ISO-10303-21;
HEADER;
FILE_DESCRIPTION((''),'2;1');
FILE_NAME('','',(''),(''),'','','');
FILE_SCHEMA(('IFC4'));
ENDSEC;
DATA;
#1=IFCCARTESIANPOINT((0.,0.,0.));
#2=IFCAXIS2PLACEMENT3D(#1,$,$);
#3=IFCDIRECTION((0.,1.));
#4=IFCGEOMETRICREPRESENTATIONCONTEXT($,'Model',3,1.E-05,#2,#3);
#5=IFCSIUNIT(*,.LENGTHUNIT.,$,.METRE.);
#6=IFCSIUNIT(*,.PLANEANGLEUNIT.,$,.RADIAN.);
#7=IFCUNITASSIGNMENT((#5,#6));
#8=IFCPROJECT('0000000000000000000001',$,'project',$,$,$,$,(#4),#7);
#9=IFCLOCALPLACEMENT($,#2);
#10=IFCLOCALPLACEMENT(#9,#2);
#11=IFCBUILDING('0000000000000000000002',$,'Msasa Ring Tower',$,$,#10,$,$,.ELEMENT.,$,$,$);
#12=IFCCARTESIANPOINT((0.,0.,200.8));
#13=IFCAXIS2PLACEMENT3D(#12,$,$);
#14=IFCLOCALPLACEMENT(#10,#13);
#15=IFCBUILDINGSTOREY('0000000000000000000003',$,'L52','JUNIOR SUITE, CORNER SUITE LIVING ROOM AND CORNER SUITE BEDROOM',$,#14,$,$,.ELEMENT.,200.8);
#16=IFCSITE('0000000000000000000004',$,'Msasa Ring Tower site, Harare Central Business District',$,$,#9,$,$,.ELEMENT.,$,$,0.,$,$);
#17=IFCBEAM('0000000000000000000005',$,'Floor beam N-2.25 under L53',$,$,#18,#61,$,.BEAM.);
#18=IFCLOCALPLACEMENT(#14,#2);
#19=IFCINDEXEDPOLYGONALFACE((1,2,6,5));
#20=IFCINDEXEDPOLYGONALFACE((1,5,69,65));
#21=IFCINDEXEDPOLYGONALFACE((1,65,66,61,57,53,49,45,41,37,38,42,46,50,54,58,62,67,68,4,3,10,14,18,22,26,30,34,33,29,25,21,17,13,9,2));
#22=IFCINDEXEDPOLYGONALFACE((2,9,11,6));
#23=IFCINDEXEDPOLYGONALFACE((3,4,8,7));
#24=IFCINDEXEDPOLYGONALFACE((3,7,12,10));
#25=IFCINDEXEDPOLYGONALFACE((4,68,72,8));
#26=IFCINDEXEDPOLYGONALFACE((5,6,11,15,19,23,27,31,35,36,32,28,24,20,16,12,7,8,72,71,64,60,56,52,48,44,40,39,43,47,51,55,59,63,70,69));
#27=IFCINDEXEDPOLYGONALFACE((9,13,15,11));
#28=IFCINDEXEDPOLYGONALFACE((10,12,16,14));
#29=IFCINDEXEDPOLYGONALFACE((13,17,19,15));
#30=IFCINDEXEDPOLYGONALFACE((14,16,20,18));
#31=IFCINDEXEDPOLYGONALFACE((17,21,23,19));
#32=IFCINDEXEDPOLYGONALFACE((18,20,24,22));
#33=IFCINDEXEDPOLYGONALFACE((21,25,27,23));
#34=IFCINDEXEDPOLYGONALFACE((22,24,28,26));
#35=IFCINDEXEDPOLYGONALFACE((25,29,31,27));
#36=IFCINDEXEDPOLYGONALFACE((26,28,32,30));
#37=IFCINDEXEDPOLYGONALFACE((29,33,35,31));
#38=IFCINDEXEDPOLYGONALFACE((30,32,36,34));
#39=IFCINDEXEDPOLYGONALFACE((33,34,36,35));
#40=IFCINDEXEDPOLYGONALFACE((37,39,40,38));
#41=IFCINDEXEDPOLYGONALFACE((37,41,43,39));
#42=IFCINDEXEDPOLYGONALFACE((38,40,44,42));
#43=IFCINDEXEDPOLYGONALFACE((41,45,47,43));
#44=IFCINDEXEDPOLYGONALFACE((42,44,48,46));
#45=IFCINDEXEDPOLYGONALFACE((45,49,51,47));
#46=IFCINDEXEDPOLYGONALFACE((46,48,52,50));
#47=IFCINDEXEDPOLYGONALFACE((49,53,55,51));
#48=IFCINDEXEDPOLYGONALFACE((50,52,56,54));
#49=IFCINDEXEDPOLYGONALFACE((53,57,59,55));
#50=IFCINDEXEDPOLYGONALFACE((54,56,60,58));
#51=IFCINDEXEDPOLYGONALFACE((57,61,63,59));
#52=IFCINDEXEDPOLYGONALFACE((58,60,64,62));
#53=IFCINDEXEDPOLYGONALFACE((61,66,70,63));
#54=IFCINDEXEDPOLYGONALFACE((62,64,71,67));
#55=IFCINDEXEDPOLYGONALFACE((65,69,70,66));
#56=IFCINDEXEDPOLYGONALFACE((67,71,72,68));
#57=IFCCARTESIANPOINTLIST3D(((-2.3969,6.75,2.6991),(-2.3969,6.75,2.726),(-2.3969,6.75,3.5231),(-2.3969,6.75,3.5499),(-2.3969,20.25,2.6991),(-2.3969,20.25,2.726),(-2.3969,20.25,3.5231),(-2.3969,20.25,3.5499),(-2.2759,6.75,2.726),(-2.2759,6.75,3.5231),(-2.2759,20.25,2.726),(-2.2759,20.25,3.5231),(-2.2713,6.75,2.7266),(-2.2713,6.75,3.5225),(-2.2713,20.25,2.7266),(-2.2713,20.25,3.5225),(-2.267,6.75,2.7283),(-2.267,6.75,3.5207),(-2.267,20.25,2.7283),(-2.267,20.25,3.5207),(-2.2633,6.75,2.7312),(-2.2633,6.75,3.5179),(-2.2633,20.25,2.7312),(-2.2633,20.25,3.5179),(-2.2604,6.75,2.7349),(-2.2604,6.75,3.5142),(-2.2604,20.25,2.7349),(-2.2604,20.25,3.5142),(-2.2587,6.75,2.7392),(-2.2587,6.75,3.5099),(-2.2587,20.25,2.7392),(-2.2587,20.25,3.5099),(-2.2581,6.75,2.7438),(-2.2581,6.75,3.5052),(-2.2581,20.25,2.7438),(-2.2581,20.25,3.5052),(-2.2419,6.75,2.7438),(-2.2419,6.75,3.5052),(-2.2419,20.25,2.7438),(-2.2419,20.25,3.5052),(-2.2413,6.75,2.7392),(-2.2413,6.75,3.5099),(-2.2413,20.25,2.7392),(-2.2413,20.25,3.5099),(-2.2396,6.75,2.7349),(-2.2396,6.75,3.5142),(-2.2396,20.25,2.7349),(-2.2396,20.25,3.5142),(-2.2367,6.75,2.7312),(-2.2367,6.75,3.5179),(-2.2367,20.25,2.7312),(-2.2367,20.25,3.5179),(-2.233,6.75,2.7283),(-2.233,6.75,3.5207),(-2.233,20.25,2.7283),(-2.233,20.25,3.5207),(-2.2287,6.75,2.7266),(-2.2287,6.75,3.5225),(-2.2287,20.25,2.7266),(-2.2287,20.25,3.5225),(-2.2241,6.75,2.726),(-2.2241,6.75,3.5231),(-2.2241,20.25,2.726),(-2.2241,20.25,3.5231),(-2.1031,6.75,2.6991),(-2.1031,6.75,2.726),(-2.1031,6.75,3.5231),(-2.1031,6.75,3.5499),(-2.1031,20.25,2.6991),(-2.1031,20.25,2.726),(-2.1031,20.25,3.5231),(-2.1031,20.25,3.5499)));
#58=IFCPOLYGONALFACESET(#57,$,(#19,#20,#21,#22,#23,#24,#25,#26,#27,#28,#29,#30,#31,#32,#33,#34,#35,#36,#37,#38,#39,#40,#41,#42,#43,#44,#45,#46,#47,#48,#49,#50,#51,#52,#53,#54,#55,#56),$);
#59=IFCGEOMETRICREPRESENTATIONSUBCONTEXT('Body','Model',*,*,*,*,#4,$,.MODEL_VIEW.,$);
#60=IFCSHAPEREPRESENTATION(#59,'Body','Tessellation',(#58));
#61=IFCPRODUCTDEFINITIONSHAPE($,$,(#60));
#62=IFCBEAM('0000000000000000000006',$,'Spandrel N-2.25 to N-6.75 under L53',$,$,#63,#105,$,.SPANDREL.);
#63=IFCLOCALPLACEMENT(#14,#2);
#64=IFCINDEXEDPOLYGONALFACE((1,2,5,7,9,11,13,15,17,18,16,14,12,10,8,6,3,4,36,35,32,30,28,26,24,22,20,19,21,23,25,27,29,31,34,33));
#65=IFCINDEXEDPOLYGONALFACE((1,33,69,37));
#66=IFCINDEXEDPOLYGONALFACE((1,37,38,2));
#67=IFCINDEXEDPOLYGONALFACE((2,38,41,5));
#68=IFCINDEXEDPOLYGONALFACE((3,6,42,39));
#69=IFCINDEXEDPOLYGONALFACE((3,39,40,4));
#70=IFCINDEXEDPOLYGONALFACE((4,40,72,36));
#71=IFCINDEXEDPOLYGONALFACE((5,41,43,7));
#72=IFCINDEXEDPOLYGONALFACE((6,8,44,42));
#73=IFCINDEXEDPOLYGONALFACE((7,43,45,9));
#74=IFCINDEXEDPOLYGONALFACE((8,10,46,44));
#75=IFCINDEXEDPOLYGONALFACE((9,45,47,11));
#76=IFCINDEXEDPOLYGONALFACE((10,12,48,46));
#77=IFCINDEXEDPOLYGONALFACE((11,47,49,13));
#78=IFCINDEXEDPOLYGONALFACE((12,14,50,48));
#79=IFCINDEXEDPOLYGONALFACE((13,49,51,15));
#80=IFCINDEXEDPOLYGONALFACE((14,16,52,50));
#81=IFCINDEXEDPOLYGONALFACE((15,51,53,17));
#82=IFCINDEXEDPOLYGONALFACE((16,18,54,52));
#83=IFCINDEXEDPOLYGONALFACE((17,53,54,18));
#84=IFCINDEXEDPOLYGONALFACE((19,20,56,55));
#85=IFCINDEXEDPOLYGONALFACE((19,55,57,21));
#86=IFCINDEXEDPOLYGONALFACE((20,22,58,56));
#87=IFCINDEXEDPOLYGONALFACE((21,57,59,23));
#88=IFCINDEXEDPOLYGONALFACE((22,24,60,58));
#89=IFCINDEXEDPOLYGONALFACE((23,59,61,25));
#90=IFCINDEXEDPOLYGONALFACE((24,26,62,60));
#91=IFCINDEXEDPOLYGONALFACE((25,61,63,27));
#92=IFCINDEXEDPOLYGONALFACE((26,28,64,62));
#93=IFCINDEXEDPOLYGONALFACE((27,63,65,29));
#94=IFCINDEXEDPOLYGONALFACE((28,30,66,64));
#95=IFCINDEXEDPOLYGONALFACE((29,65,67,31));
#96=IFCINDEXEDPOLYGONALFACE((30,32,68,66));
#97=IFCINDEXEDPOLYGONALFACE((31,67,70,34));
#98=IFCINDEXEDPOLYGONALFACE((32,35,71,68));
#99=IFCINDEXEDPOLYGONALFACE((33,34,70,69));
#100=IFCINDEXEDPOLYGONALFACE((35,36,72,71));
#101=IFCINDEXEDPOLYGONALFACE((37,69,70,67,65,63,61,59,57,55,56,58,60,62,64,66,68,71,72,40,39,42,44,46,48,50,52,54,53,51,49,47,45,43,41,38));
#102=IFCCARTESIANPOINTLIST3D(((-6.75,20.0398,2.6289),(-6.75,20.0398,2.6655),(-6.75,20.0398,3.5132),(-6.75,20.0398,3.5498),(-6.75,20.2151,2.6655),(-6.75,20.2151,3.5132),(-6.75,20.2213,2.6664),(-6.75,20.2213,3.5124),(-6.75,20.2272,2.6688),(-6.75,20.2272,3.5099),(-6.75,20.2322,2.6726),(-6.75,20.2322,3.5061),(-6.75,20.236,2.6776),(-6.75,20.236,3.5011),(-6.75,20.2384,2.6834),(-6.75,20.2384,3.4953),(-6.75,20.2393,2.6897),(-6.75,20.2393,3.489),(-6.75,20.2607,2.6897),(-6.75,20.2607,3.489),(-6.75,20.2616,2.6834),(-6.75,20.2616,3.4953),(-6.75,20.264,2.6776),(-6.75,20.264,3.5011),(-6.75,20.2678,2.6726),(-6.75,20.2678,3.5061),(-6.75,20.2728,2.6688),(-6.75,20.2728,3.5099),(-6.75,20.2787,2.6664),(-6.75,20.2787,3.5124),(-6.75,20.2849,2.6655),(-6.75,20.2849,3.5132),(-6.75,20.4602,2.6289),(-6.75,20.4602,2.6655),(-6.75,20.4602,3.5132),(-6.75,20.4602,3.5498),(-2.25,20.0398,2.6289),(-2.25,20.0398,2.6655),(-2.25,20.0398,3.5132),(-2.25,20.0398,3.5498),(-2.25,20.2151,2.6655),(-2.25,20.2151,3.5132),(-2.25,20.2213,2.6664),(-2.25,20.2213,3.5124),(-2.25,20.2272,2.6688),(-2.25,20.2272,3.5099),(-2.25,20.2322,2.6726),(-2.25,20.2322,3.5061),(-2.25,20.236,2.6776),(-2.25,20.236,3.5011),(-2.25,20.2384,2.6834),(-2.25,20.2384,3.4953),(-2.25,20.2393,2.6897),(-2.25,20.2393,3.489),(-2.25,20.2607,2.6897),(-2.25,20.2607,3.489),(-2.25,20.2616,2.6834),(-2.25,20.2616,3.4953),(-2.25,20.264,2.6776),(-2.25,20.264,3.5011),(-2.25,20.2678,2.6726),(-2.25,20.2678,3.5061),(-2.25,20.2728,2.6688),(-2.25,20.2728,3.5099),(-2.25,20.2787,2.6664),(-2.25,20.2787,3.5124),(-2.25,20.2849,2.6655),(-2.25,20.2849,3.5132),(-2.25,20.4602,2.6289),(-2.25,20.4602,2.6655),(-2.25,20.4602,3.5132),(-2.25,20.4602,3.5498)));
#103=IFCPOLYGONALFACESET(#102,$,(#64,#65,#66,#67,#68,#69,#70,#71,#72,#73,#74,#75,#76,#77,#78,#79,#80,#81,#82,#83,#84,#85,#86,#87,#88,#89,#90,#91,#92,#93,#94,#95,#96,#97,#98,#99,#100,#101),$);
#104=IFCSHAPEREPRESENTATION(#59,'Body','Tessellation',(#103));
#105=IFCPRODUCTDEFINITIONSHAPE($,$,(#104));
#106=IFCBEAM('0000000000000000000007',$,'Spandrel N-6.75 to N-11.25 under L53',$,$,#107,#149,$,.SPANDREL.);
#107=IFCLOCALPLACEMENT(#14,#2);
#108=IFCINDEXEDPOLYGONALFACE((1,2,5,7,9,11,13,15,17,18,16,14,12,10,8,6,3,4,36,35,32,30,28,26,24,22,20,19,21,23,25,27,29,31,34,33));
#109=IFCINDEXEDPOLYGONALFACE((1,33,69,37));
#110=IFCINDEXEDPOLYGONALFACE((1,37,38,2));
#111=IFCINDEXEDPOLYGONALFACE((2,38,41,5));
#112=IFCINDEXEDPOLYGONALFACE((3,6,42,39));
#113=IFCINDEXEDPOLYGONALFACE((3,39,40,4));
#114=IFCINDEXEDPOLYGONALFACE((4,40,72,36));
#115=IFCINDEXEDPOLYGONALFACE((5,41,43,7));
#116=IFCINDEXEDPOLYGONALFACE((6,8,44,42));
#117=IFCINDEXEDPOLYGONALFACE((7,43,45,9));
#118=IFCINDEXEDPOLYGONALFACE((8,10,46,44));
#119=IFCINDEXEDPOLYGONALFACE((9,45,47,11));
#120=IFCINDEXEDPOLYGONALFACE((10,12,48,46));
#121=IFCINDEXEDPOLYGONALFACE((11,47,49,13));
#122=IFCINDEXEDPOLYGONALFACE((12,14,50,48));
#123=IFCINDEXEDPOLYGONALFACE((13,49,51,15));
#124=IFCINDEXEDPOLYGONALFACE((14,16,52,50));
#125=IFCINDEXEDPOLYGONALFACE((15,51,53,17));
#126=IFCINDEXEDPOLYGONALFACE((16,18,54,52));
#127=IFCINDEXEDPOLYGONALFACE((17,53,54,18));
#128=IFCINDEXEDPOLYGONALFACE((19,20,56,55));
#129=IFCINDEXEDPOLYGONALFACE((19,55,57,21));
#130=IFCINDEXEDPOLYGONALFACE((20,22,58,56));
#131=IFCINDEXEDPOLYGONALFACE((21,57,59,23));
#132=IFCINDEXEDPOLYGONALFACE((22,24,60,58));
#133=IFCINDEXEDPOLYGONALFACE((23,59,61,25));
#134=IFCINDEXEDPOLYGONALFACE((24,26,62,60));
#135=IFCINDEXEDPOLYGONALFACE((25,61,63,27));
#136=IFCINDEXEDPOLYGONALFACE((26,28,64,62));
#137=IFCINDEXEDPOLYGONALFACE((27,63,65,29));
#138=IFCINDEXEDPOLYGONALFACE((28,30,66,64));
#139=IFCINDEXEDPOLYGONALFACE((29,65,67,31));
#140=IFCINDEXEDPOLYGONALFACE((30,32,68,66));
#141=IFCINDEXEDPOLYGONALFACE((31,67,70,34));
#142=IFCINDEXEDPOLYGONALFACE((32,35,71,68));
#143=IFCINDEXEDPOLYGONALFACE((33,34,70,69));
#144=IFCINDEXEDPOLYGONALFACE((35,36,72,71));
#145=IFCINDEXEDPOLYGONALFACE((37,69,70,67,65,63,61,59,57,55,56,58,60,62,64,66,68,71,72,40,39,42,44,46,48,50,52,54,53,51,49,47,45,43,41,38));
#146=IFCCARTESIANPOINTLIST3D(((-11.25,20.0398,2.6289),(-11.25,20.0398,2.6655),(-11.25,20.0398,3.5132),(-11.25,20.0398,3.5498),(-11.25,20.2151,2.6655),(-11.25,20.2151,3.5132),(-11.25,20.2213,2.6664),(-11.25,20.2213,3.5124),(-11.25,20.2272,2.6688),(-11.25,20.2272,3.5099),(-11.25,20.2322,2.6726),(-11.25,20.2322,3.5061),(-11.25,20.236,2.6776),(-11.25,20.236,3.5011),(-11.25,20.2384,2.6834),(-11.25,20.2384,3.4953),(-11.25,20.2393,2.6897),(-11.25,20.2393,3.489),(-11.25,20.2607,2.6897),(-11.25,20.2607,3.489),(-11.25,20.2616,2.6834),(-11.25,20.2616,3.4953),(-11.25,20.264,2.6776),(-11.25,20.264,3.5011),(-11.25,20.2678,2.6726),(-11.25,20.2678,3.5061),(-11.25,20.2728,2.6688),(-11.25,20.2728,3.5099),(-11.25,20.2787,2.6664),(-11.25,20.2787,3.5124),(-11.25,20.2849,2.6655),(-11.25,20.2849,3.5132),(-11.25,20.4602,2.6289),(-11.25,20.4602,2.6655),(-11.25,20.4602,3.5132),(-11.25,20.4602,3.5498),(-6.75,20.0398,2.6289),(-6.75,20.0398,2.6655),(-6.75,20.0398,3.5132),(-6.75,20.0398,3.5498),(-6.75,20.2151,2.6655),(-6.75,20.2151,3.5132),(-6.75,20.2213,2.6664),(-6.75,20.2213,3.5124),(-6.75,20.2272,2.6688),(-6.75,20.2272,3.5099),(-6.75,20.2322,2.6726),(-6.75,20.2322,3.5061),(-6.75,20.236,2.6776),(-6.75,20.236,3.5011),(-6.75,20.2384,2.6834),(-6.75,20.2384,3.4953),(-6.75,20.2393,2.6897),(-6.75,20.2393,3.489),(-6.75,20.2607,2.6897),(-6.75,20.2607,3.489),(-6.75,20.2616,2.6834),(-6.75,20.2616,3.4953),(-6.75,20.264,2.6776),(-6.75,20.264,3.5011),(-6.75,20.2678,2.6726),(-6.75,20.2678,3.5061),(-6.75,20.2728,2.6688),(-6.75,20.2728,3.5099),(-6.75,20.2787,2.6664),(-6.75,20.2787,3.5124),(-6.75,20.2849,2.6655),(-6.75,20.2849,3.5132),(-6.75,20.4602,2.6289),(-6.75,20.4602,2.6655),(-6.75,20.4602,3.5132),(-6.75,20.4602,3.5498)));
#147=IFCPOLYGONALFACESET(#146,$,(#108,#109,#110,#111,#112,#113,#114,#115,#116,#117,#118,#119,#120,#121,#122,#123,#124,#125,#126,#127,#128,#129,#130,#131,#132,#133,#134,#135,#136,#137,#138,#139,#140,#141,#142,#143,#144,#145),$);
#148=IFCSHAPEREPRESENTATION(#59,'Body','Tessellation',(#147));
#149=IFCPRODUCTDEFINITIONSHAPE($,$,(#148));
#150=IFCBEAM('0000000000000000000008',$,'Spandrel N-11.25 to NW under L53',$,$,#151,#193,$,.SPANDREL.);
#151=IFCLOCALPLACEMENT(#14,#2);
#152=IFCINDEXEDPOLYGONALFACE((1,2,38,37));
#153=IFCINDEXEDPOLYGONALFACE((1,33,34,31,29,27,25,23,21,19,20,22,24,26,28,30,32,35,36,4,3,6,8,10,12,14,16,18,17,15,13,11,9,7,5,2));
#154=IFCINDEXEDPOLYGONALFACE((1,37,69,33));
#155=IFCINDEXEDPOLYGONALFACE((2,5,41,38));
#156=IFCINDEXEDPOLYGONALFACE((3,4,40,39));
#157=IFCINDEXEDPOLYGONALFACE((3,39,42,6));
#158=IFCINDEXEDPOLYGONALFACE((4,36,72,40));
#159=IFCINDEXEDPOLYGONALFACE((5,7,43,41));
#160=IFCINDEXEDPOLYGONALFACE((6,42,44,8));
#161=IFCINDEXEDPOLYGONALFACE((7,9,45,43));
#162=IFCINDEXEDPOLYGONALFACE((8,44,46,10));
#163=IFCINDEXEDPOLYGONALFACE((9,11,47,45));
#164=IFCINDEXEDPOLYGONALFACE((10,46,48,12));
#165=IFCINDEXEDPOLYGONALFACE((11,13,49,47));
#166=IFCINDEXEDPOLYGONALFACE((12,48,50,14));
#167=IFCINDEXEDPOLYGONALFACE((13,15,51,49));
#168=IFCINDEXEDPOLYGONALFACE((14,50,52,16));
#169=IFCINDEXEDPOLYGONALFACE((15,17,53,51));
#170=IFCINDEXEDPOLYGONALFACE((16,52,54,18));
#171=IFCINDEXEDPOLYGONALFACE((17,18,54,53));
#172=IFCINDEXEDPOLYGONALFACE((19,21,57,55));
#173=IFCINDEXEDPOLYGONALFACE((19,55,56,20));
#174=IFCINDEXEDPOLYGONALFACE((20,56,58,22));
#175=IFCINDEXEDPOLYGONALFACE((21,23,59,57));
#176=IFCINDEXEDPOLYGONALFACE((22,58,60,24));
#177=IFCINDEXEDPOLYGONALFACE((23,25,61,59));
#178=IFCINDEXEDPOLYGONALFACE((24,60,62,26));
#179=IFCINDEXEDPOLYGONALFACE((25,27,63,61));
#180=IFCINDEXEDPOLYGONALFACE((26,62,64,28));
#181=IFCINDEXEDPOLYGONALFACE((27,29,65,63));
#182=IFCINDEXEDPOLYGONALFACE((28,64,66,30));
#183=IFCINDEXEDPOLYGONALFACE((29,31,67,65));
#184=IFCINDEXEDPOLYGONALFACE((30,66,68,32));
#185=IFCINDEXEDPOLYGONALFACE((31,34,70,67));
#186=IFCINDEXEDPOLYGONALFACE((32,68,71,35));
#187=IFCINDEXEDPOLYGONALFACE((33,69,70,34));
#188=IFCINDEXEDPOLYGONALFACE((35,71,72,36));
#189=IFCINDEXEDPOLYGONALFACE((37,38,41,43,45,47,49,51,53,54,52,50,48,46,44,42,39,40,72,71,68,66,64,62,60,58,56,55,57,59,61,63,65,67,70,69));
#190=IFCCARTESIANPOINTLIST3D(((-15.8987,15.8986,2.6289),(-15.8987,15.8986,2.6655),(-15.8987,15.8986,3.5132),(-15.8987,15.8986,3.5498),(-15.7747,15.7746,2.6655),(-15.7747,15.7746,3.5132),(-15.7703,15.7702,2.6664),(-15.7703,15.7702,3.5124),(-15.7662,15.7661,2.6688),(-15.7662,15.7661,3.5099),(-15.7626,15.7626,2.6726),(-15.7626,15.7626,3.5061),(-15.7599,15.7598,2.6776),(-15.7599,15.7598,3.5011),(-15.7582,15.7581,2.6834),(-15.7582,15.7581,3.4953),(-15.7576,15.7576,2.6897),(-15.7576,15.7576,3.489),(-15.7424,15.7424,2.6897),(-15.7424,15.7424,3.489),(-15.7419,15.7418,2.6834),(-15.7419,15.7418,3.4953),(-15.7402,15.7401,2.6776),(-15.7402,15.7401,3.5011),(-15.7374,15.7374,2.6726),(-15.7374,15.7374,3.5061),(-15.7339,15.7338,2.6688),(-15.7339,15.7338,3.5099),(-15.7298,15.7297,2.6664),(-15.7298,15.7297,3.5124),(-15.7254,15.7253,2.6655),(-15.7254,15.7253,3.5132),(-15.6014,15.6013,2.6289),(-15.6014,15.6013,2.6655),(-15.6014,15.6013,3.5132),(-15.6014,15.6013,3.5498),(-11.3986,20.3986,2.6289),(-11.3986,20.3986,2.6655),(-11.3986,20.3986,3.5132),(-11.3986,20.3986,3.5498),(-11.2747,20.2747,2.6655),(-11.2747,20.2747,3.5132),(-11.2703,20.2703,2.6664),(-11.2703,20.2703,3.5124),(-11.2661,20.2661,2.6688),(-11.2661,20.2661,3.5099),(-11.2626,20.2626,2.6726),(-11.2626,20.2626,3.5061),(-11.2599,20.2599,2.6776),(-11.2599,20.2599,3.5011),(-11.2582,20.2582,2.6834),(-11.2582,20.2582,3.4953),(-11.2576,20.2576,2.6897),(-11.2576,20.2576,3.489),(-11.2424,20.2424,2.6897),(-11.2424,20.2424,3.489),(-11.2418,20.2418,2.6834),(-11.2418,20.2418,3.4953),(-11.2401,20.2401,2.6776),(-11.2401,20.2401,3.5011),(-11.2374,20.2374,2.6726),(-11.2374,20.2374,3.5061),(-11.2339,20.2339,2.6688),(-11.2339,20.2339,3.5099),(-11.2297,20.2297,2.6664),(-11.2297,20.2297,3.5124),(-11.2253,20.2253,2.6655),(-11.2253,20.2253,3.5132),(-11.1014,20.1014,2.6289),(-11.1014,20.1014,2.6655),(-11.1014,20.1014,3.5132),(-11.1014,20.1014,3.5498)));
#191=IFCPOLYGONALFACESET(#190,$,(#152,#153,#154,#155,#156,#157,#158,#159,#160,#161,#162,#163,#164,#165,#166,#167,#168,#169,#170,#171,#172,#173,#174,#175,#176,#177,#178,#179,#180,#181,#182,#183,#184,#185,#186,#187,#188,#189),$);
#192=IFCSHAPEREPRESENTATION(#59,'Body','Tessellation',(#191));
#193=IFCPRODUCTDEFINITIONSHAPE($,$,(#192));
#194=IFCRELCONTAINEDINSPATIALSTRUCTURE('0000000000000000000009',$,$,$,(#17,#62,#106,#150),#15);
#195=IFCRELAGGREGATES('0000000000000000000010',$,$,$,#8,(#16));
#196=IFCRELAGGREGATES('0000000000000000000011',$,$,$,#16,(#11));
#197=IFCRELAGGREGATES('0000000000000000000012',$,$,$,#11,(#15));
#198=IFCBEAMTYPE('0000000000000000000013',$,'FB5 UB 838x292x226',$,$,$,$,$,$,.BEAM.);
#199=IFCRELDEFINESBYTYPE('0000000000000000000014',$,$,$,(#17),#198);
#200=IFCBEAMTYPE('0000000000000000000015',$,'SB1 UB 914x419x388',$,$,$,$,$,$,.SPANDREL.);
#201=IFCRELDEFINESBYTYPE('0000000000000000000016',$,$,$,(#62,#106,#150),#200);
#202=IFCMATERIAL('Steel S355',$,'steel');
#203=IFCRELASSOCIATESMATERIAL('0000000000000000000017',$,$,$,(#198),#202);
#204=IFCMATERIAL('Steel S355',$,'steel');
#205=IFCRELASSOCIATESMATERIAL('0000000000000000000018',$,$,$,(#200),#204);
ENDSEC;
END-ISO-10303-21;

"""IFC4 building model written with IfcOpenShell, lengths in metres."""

from ifc_helpers import new_model, si_unit, direction, frame, origin, origin_2d, place, context, subcontext, project, spatial, i_section, extrude, material, material_profile, profile_set, type_object, element, save


model = new_model("IFC4")

# Units and contexts
model_context = context("Model", 3, precision=1e-05, world=origin(), true_north=direction((0.0, 1.0)))
body_context = subcontext(model_context, "Body", "Model", "MODEL_VIEW")
ifc_project = project(units=[si_unit("LENGTHUNIT", "METRE"), si_unit("PLANEANGLEUNIT", "RADIAN")], contexts=[model_context])

# Site, building, storey
site_placement = place(None, origin())
site = spatial("IfcSite", under=ifc_project, at=site_placement, Name="Msasa Ring Tower site, Harare Central Business District", CompositionType="ELEMENT", RefElevation=0.0)
building_placement = place(site_placement, origin())
building = spatial("IfcBuilding", under=site, at=building_placement, Name="Msasa Ring Tower", CompositionType="ELEMENT")
storey_placement = place(building_placement, frame((0.0, 0.0, 200.8)))
storey = spatial("IfcBuildingStorey", under=building, at=storey_placement, Name="L52", Description="JUNIOR SUITE, CORNER SUITE LIVING ROOM AND CORNER SUITE BEDROOM", CompositionType="ELEMENT", Elevation=200.8)

# Beams
ifc_material_1 = material(Name="Steel S355", Category="steel")
ifc_material_profile_1 = material_profile(ifc_material_1, i_section(OverallWidth=0.2937, OverallDepth=0.8508, WebThickness=0.0161, FlangeThickness=0.0269, FilletRadius=0.0178, at=origin_2d()), Name="UB 838x292x226")
ifc_profile_set_1 = profile_set([ifc_material_profile_1], Name="Steel S355")
beam_type_1 = type_object("IfcBeamType", Name="FB5 UB 838x292x226", PredefinedType="BEAM", material=ifc_profile_set_1)
for number, where, z_axis, x_axis, name in (
    (1, (-2.25, 20.25, 3.1245), (0.0, -1.0, 0.0), (1.0, 0.0, 0.0), "Floor beam N-2.25 under L53"),
):
    element("IfcBeam", number, at=place(storey_placement, frame(where, z_axis=z_axis, x_axis=x_axis)), inside=storey, type_object=beam_type_1, Name=name, PredefinedType="BEAM", context=body_context, shape_type="SweptSolid", body=[
        extrude(i_section(OverallWidth=0.2937, OverallDepth=0.8508, WebThickness=0.0161, FlangeThickness=0.0269, FilletRadius=0.0178, at=origin_2d()), origin(), (0.0, 0.0, 1.0), 13.5),
    ])
ifc_material_2 = material(Name="Steel S355", Category="steel")
ifc_material_profile_2 = material_profile(ifc_material_2, i_section(OverallWidth=0.4204, OverallDepth=0.9209, WebThickness=0.0215, FlangeThickness=0.0366, FilletRadius=0.0242, at=origin_2d()), Name="UB 914x419x388")
ifc_profile_set_2 = profile_set([ifc_material_profile_2], Name="Steel S355")
beam_type_2 = type_object("IfcBeamType", Name="SB1 UB 914x419x388", PredefinedType="SPANDREL", material=ifc_profile_set_2)
for number, where, z_axis, x_axis, name in (
    (2, (-2.25, 20.25, 3.0894), (-1.0, 0.0, 0.0), (0.0, -1.0, 0.0), "Spandrel N-2.25 to N-6.75 under L53"),
    (3, (-6.75, 20.25, 3.0894), (-1.0, 0.0, 0.0), (0.0, -1.0, 0.0), "Spandrel N-6.75 to N-11.25 under L53"),
):
    element("IfcBeam", number, at=place(storey_placement, frame(where, z_axis=z_axis, x_axis=x_axis)), inside=storey, type_object=beam_type_2, Name=name, PredefinedType="SPANDREL", context=body_context, shape_type="SweptSolid", body=[
        extrude(i_section(OverallWidth=0.4204, OverallDepth=0.9209, WebThickness=0.0215, FlangeThickness=0.0366, FilletRadius=0.0242, at=origin_2d()), origin(), (0.0, 0.0, 1.0), 4.5),
    ])
beam_1_placement = place(storey_placement, frame((-11.25, 20.25, 3.0894), z_axis=(-0.707107, -0.707107, 0.0), x_axis=(0.707107, -0.707107, 0.0)))
element("IfcBeam", 4, at=beam_1_placement, inside=storey, type_object=beam_type_2, Name="Spandrel N-11.25 to NW under L53", PredefinedType="SPANDREL", context=body_context, shape_type="SweptSolid", body=[
    extrude(i_section(OverallWidth=0.4204, OverallDepth=0.9209, WebThickness=0.0215, FlangeThickness=0.0366, FilletRadius=0.0242, at=origin_2d()), origin(), (0.0, 0.0, 1.0), 6.364),
])

save(model, "model.ifc")
